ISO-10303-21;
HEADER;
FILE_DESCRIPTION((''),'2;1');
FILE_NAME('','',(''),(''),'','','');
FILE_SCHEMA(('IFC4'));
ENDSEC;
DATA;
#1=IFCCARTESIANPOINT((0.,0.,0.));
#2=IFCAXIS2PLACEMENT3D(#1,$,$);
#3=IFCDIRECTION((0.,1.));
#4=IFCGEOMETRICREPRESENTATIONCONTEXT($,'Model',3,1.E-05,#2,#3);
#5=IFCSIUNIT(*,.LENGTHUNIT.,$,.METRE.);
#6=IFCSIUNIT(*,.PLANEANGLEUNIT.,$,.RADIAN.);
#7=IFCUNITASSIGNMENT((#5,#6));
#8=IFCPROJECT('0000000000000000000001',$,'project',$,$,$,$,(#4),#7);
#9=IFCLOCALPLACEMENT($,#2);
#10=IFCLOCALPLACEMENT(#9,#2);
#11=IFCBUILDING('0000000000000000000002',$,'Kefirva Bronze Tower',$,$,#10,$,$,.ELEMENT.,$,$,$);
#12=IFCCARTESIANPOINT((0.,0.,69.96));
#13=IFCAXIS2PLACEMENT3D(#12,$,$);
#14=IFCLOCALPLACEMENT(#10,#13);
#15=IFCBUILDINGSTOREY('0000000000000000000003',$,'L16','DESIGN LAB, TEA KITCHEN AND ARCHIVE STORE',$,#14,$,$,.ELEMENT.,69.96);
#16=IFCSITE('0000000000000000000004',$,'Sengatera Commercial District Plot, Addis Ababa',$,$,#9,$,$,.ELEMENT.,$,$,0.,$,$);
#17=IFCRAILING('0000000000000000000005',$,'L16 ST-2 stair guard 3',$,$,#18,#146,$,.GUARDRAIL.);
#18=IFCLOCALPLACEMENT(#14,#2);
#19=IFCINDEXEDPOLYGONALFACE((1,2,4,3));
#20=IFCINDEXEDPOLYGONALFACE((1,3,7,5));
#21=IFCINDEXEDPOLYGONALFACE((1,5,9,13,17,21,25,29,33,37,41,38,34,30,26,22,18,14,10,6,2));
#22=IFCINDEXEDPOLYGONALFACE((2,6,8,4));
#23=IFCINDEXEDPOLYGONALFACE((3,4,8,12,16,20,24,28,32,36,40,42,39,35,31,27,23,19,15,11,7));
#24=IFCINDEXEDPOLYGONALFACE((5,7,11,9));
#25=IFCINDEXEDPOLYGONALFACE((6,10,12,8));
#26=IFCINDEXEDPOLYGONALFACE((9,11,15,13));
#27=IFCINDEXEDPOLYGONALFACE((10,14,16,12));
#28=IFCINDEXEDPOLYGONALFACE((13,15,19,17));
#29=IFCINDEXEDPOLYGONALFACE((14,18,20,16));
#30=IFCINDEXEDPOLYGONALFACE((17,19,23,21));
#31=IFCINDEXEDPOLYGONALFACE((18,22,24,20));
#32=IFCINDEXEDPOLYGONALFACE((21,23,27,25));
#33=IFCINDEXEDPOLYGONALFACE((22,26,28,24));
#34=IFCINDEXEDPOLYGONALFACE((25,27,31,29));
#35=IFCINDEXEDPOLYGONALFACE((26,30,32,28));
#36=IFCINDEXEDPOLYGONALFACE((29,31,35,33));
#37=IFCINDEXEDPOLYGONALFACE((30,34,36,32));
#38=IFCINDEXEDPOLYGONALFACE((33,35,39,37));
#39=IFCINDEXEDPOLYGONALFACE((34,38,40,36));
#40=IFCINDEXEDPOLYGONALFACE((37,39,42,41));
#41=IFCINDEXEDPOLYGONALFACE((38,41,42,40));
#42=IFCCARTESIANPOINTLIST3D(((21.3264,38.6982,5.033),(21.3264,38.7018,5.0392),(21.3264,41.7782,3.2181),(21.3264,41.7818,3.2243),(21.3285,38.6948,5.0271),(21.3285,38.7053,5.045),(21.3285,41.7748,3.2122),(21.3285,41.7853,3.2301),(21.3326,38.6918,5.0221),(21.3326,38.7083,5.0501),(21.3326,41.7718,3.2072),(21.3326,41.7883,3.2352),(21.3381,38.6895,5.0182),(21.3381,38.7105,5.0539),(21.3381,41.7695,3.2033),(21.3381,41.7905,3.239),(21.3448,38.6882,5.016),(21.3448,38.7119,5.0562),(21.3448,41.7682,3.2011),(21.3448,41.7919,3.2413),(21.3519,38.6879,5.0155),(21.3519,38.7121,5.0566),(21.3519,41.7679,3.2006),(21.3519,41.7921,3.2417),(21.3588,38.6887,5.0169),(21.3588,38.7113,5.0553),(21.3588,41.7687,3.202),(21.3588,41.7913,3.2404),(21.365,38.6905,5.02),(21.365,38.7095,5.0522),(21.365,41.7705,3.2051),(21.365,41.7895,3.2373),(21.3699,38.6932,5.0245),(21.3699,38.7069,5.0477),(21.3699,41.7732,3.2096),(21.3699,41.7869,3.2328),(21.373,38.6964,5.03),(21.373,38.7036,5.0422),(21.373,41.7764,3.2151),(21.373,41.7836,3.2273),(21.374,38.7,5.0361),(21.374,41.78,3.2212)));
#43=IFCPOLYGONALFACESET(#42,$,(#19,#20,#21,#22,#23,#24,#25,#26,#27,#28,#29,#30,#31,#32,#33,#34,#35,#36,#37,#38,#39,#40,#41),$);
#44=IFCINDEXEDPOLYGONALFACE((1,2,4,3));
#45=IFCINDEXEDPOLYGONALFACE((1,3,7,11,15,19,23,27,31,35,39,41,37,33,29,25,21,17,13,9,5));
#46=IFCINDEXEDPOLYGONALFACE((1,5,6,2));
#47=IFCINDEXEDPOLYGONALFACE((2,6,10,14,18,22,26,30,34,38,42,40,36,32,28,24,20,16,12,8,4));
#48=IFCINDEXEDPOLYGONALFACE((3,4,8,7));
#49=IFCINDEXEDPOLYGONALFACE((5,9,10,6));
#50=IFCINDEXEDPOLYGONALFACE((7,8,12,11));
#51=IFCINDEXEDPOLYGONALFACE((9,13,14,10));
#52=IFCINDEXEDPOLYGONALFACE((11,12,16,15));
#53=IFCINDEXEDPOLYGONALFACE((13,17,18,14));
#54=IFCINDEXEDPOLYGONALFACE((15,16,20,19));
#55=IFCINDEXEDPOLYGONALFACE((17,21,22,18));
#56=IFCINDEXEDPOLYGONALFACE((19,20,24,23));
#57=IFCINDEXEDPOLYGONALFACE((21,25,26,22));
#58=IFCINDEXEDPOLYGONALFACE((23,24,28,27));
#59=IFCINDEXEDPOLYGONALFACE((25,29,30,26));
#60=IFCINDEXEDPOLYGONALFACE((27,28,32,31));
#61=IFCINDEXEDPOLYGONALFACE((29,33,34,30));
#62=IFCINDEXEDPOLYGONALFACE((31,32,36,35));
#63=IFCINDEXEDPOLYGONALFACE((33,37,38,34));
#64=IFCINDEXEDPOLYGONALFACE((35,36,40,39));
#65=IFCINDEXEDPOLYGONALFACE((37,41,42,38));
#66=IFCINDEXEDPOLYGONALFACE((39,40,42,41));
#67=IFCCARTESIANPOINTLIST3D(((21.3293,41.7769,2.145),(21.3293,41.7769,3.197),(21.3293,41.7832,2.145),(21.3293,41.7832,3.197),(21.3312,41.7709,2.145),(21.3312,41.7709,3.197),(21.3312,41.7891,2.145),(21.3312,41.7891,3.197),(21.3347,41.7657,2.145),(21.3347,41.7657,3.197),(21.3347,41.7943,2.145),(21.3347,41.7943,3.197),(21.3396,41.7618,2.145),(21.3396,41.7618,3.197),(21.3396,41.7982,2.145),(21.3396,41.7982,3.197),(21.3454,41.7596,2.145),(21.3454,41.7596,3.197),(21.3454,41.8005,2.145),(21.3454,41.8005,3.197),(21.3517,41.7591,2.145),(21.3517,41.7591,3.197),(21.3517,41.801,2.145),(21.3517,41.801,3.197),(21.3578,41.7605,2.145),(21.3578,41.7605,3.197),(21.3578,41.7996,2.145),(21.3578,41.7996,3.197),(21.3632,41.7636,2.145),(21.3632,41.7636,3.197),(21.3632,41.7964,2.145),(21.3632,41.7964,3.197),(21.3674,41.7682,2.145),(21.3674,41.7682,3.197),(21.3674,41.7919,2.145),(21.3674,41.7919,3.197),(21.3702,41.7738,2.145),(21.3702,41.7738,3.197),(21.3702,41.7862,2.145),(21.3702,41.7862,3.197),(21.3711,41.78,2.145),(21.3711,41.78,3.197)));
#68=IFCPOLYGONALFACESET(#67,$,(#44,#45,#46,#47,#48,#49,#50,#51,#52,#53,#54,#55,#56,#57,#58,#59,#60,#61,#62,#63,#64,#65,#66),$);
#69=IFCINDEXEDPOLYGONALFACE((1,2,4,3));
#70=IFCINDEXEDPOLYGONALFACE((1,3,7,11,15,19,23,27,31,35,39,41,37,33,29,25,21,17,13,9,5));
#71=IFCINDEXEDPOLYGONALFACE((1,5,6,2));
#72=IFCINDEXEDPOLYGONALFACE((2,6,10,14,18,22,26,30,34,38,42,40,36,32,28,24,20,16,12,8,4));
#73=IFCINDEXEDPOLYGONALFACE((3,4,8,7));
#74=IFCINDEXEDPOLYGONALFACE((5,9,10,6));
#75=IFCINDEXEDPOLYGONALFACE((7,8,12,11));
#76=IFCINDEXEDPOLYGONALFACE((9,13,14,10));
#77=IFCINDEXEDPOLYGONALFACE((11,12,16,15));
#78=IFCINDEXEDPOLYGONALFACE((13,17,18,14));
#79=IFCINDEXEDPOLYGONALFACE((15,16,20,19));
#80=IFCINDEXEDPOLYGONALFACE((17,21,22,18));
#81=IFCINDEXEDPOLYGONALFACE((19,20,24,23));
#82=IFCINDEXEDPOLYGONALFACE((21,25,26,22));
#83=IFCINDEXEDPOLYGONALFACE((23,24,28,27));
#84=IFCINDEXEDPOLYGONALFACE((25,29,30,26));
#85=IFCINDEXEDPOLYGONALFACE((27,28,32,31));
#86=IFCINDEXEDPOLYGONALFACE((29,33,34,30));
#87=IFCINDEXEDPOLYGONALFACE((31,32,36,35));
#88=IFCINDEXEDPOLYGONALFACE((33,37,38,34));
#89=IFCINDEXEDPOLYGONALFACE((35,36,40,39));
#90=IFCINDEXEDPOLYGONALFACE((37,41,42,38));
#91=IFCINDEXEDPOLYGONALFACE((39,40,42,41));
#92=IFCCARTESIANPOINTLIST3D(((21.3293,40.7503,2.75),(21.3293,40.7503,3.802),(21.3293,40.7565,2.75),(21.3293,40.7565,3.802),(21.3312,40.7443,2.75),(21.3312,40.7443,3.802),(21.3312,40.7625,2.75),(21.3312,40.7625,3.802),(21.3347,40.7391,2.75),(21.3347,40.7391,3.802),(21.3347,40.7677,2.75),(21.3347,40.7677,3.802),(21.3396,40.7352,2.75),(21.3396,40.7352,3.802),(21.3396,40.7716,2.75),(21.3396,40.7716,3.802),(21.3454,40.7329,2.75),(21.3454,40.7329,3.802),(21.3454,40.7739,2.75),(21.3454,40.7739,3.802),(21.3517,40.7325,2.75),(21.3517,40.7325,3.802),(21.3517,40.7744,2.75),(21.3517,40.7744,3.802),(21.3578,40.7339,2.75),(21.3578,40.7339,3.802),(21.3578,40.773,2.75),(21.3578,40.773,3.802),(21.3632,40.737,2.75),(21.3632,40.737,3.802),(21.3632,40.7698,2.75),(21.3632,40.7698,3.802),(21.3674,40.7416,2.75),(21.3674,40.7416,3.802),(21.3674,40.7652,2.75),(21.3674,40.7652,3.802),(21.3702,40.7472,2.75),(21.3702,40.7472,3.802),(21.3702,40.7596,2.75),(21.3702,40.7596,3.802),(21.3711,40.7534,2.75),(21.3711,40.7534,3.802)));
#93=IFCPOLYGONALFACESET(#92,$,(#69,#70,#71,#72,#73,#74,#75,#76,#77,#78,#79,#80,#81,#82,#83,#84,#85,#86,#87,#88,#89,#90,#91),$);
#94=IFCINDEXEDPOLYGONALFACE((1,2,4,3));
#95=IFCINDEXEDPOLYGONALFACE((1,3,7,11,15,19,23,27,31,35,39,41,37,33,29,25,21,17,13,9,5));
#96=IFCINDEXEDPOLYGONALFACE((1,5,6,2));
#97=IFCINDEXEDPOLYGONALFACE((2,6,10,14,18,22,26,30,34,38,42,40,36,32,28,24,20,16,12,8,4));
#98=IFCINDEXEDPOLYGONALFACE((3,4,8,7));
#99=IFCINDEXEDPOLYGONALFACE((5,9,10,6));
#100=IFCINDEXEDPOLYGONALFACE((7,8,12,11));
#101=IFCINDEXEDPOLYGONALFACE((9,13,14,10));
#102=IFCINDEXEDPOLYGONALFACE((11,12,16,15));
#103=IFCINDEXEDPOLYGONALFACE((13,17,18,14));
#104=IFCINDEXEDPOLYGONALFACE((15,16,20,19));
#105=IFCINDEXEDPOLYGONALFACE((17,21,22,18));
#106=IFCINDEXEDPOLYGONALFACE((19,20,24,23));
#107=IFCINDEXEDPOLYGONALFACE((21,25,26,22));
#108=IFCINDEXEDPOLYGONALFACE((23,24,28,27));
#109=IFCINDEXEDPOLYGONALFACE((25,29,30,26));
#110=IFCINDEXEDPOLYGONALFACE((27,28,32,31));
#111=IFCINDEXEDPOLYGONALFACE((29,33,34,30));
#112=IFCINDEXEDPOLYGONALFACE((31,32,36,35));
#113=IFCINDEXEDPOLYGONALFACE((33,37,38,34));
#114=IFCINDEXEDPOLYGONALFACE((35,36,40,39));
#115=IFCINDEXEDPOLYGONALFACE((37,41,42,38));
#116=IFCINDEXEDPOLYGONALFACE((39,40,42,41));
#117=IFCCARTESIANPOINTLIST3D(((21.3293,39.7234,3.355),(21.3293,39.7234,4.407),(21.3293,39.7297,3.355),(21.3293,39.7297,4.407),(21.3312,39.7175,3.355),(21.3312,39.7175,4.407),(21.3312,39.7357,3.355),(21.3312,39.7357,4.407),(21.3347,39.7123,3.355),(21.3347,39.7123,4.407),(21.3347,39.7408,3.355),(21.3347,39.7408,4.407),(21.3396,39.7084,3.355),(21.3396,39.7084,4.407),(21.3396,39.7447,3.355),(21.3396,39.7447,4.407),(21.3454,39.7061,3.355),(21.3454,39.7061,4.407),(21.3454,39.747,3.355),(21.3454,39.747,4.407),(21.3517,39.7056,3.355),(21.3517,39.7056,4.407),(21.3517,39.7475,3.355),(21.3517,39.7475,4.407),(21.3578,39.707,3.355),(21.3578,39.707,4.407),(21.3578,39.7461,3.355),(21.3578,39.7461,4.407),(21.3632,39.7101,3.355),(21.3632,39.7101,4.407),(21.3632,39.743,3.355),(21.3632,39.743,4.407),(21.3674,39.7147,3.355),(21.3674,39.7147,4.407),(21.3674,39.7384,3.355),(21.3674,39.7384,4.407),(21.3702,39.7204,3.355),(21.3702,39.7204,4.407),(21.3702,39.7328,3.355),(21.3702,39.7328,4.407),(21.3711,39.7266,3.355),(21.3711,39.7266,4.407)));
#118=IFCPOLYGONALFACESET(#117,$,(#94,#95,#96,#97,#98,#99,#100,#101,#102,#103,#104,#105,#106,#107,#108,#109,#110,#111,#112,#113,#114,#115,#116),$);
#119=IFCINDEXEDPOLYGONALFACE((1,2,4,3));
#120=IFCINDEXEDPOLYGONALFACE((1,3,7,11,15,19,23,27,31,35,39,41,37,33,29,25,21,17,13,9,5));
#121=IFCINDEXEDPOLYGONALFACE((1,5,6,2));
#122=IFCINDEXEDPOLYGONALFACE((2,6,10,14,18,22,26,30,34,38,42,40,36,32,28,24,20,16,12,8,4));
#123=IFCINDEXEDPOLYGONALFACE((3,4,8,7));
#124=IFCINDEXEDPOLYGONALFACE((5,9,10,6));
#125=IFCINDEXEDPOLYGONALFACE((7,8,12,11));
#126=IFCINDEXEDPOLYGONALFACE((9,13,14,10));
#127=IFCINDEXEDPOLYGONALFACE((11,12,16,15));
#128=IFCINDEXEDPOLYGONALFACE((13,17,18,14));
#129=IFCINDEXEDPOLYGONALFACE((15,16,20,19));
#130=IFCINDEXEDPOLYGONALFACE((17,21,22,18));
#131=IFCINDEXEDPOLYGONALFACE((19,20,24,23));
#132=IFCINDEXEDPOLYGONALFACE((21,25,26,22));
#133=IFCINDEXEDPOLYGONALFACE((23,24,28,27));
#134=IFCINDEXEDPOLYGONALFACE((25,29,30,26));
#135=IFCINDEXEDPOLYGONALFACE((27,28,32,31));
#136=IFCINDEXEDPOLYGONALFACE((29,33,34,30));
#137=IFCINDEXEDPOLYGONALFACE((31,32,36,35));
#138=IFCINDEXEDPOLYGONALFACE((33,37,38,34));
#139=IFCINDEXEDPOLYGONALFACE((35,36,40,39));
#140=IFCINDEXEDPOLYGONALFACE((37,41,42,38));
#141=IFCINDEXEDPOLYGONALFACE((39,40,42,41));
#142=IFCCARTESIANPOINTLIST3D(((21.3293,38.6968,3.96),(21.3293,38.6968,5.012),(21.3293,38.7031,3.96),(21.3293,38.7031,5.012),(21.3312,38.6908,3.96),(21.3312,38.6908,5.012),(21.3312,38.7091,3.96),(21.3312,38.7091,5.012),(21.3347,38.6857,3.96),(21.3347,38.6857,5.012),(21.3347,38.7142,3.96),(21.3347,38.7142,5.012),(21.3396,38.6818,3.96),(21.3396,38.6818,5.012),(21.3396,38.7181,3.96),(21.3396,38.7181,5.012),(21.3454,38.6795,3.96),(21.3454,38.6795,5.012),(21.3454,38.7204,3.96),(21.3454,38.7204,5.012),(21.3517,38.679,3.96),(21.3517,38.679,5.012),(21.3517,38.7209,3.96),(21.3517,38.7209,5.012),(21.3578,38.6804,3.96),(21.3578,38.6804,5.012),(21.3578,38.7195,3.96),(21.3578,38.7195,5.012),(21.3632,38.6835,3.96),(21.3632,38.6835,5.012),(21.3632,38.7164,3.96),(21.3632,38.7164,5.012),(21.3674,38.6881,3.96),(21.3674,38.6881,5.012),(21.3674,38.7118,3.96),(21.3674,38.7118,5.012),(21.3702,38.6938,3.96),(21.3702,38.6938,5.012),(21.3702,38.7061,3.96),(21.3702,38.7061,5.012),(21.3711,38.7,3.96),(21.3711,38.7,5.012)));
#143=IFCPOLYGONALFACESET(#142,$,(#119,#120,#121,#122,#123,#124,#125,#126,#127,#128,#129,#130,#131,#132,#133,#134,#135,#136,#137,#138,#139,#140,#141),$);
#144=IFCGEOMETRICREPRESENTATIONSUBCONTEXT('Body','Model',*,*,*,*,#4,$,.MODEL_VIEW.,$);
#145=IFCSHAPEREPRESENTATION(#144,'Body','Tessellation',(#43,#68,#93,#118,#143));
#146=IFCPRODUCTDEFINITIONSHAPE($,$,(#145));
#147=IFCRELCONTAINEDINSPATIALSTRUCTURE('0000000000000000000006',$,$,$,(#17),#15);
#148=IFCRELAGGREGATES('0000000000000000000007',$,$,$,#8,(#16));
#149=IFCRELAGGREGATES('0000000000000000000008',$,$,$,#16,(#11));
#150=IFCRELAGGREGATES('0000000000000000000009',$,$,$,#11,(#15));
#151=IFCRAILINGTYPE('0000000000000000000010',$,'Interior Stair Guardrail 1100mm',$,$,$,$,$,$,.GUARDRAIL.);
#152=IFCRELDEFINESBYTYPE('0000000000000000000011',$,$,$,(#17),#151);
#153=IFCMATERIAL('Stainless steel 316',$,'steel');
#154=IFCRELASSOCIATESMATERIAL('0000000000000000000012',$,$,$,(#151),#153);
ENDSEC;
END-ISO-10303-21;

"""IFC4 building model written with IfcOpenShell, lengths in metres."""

from ifc_helpers import new_model, si_unit, direction, frame, origin, origin_2d, place, context, subcontext, project, spatial, circle, extrude, material, type_object, element, save


model = new_model("IFC4")

# Units and contexts
model_context = context("Model", 3, precision=1e-05, world=origin(), true_north=direction((0.0, 1.0)))
body_context = subcontext(model_context, "Body", "Model", "MODEL_VIEW")
ifc_project = project(units=[si_unit("LENGTHUNIT", "METRE"), si_unit("PLANEANGLEUNIT", "RADIAN")], contexts=[model_context])

# Site, building, storey
site_placement = place(None, origin())
site = spatial("IfcSite", under=ifc_project, at=site_placement, Name="Sengatera Commercial District Plot, Addis Ababa", CompositionType="ELEMENT", RefElevation=0.0)
building_placement = place(site_placement, origin())
building = spatial("IfcBuilding", under=site, at=building_placement, Name="Kefirva Bronze Tower", CompositionType="ELEMENT")
storey_placement = place(building_placement, frame((0.0, 0.0, 69.96)))
storey = spatial("IfcBuildingStorey", under=building, at=storey_placement, Name="L16", Description="DESIGN LAB, TEA KITCHEN AND ARCHIVE STORE", CompositionType="ELEMENT", Elevation=69.96)

# Railing
ifc_material_1 = material(Name="Stainless steel 316", Category="steel")
railing_type_1 = type_object("IfcRailingType", Name="Interior Stair Guardrail 1100mm", PredefinedType="GUARDRAIL", material=ifc_material_1)
railing_1_placement = place(storey_placement, frame((21.3501, 41.78, 2.145)))
element("IfcRailing", 1, at=railing_1_placement, inside=storey, type_object=railing_type_1, Name="L16 ST-2 stair guard 3", PredefinedType="GUARDRAIL", context=body_context, shape_type="SweptSolid", body=[
    extrude(circle(Radius=0.0239, at=origin_2d()), frame((0.0, 0.0, 1.0762), z_axis=(0.0, -0.861551, 0.507671), x_axis=(1.0, 0.0, 0.0)), (0.0, 0.0, 1.0), 3.575),
    extrude(circle(Radius=0.021, at=origin_2d()), origin(), (0.0, 0.0, 1.0), 1.052),
    extrude(circle(Radius=0.021, at=origin_2d()), frame((0.0, -1.0266, 0.605)), (0.0, 0.0, 1.0), 1.052),
    extrude(circle(Radius=0.021, at=origin_2d()), frame((0.0, -2.0535, 1.21)), (0.0, 0.0, 1.0), 1.052),
    extrude(circle(Radius=0.021, at=origin_2d()), frame((0.0, -3.0801, 1.8149)), (0.0, 0.0, 1.0), 1.052),
])

save(model, "model.ifc")
